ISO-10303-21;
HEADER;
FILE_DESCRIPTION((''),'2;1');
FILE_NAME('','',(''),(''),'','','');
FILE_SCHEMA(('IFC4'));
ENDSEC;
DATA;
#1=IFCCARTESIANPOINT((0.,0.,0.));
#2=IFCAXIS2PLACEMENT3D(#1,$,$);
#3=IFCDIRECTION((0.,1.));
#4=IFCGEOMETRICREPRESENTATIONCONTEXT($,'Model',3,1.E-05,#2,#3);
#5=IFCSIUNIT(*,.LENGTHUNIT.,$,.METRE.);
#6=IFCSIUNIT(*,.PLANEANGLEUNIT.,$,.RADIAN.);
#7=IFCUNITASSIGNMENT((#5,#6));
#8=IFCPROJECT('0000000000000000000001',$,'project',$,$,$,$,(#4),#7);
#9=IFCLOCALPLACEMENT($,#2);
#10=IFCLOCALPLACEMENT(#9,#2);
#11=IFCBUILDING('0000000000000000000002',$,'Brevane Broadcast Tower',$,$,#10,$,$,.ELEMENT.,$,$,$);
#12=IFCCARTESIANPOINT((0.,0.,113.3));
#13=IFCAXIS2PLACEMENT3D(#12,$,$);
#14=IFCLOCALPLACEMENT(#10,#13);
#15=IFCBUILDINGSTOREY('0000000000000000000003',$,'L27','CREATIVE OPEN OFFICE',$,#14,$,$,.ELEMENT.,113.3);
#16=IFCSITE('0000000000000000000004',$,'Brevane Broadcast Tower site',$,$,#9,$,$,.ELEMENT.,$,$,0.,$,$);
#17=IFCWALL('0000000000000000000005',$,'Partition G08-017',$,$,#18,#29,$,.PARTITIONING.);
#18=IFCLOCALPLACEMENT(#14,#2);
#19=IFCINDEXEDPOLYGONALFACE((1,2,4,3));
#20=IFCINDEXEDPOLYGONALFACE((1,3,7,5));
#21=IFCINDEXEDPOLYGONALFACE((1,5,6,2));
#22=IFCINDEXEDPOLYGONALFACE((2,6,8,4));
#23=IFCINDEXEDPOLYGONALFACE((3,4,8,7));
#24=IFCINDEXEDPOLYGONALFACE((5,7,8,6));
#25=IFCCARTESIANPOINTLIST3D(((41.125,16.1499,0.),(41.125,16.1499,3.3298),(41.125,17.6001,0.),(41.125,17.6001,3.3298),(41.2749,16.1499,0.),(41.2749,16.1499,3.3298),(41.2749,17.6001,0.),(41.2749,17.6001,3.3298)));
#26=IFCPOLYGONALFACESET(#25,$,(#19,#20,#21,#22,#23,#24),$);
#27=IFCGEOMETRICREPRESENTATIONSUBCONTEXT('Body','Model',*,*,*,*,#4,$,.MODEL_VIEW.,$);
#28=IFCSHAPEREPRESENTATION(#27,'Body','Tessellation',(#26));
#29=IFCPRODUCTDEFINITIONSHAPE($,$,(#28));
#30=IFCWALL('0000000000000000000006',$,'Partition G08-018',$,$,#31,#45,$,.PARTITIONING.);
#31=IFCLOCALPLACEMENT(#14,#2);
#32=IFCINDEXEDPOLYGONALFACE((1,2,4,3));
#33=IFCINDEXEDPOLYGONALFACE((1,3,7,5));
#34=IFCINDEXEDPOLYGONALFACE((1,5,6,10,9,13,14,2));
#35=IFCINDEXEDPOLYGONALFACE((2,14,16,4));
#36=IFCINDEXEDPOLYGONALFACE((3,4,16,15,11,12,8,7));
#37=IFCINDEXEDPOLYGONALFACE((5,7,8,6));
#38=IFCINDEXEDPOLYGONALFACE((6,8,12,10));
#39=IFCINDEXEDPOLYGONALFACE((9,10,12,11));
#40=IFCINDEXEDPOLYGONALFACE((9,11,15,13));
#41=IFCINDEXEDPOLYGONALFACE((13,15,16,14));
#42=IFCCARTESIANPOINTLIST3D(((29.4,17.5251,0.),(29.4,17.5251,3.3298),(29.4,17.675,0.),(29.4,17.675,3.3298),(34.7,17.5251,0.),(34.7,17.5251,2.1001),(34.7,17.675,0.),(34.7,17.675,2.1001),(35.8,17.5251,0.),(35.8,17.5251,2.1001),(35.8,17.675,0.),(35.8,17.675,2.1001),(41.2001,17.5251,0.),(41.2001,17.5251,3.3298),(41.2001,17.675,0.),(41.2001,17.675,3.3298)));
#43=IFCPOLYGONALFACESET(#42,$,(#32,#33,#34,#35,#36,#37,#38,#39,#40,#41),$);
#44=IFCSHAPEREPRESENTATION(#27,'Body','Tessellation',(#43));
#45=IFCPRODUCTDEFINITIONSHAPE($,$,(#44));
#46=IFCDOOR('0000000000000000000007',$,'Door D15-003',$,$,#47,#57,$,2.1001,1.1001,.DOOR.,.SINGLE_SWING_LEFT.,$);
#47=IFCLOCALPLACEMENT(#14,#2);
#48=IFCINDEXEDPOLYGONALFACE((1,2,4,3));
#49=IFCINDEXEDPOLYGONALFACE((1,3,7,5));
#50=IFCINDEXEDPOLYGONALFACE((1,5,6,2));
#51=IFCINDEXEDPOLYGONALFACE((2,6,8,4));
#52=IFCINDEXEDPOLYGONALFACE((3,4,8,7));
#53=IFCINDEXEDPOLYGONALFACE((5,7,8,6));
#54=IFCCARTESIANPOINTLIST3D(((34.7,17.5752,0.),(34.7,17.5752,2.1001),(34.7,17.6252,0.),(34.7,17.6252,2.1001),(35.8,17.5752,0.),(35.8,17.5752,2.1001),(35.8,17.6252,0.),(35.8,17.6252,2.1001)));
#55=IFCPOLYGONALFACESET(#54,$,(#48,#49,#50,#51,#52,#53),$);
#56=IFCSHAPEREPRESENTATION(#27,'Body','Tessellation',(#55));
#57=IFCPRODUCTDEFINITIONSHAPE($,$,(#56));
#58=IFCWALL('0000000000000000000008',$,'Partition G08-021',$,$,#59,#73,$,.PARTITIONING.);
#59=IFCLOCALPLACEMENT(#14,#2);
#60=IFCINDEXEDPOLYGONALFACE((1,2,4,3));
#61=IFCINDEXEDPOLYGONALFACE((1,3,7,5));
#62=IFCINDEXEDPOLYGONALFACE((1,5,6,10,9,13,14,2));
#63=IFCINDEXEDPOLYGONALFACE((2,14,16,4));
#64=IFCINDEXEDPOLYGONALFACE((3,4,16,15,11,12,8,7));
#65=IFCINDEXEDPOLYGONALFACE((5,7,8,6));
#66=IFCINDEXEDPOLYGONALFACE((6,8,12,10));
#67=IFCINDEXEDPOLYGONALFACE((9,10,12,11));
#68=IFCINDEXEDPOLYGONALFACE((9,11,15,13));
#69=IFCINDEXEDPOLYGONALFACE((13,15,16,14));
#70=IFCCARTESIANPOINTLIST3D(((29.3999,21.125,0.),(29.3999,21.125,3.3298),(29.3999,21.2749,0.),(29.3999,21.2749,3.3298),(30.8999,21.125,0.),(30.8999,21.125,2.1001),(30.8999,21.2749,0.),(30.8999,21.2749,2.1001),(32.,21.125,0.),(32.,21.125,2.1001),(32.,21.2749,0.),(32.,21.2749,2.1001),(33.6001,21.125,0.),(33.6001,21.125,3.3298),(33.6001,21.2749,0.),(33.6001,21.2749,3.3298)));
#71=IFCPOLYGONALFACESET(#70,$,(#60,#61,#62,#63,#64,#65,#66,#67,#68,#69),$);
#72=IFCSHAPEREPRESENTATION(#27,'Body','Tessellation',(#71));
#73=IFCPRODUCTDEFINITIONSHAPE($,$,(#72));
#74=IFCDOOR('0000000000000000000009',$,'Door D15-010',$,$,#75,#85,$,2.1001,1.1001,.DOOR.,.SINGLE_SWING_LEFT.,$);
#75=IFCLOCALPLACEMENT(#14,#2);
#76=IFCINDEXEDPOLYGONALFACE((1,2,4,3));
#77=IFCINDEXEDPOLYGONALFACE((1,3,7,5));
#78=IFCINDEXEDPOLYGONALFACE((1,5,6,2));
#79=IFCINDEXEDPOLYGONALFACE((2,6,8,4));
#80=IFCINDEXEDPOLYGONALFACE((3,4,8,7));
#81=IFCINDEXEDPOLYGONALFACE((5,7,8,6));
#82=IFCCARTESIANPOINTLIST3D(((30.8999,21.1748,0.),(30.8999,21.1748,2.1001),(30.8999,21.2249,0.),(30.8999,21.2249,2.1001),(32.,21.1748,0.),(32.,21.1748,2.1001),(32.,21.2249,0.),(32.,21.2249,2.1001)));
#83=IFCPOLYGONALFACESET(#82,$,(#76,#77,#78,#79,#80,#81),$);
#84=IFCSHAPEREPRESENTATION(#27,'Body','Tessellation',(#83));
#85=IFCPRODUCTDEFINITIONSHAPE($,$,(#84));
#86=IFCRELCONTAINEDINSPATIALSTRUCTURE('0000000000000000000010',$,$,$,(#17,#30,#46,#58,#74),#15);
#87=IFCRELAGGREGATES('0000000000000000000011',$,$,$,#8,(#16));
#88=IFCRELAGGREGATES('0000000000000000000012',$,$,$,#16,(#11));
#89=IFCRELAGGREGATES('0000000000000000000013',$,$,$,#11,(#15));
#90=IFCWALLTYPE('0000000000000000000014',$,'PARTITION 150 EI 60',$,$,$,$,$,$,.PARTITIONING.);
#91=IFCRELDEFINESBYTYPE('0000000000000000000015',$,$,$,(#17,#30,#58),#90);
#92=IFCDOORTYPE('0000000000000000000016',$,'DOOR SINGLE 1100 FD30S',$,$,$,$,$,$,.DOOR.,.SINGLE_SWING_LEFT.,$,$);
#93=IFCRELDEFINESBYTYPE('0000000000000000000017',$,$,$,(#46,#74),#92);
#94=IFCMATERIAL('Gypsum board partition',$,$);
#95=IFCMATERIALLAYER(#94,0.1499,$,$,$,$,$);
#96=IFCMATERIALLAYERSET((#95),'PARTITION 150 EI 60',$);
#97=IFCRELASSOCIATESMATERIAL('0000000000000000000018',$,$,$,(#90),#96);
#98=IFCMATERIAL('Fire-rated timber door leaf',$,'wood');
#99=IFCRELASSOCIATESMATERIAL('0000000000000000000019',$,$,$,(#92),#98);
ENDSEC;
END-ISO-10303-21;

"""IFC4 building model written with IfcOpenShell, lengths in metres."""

from ifc_helpers import new_model, si_unit, direction, frame, frame_2d, origin, place, context, subcontext, project, spatial, rectangle, extrude, material, layer, layer_set, type_object, element, fill, save


model = new_model("IFC4")

# Units and contexts
model_context = context("Model", 3, precision=1e-05, world=origin(), true_north=direction((0.0, 1.0)))
body_context = subcontext(model_context, "Body", "Model", "MODEL_VIEW")
ifc_project = project(units=[si_unit("LENGTHUNIT", "METRE"), si_unit("PLANEANGLEUNIT", "RADIAN")], contexts=[model_context])

# Site, building, storey
site_placement = place(None, origin())
site = spatial("IfcSite", under=ifc_project, at=site_placement, Name="Brevane Broadcast Tower site", CompositionType="ELEMENT", RefElevation=0.0)
building_placement = place(site_placement, origin())
building = spatial("IfcBuilding", under=site, at=building_placement, Name="Brevane Broadcast Tower", CompositionType="ELEMENT")
storey_placement = place(building_placement, frame((0.0, 0.0, 113.3)))
storey = spatial("IfcBuildingStorey", under=building, at=storey_placement, Name="L27", Description="CREATIVE OPEN OFFICE", CompositionType="ELEMENT", Elevation=113.3)

# Shared definitions
ifc_material_1 = material(Name="Gypsum board partition")
ifc_layer_1 = layer(ifc_material_1, 0.1499)
ifc_layer_set_1 = layer_set([ifc_layer_1], Name="PARTITION 150 EI 60")
wall_type_1 = type_object("IfcWallType", Name="PARTITION 150 EI 60", PredefinedType="PARTITIONING", material=ifc_layer_set_1)

# Shared definitions
ifc_material_2 = material(Name="Fire-rated timber door leaf", Category="wood")
door_type = type_object("IfcDoorType", Name="DOOR SINGLE 1100 FD30S", OperationType="SINGLE_SWING_LEFT", PredefinedType="DOOR", material=ifc_material_2)

# Wall
wall_1_placement = place(storey_placement, frame((41.2, 16.1499, 0.0), z_axis=(0.0, 0.0, 1.0), x_axis=(0.0, 1.0, 0.0)))
element("IfcWall", 1, at=wall_1_placement, inside=storey, type_object=wall_type_1, Name="Partition G08-017", PredefinedType="PARTITIONING", context=body_context, shape_type="SweptSolid", body=[
    extrude(rectangle(XDim=1.4502, YDim=0.1499, at=frame_2d((0.7251, 0.0))), origin(), (0.0, 0.0, 1.0), 3.3298),
])

# Walls, openings, doors
wall_2_placement = place(storey_placement, frame((41.2, 17.6001, 0.0), z_axis=(0.0, 0.0, 1.0), x_axis=(-1.0, 0.0, 0.0)))
wall_2 = element("IfcWall", 2, at=wall_2_placement, inside=storey, type_object=wall_type_1, Name="Partition G08-018", PredefinedType="PARTITIONING", context=body_context, shape_type="SweptSolid", body=[
    extrude(rectangle(XDim=11.8, YDim=0.1499, at=frame_2d((5.8999, 0.0))), origin(), (0.0, 0.0, 1.0), 3.3298),
])
opening_1_placement = place(wall_2_placement, frame((5.3999, 0.0, 0.0)))
opening_1 = element("IfcOpeningElement", 3, at=opening_1_placement, cuts=wall_2, PredefinedType="OPENING", context=body_context, shape_type="SweptSolid", body=[
    extrude(rectangle(XDim=1.1001, YDim=2.1001, at=frame_2d((0.55, 1.05))), frame((0.0, 0.085, 0.0), z_axis=(0.0, -1.0, 0.0), x_axis=(1.0, 0.0, 0.0)), (0.0, 0.0, 1.0), 0.1699),
])
door_1_placement = place(opening_1_placement, origin())
door_1 = element("IfcDoor", 4, at=door_1_placement, inside=storey, type_object=door_type, Name="Door D15-003", OperationType="SINGLE_SWING_LEFT", OverallHeight=2.1001, OverallWidth=1.1001, PredefinedType="DOOR", context=body_context, shape_type="SweptSolid", body=[
    extrude(rectangle(XDim=1.1001, YDim=2.1001, at=frame_2d((0.55, 1.05))), frame((0.0, 0.0249, 0.0), z_axis=(0.0, -1.0, 0.0), x_axis=(1.0, 0.0, 0.0)), (0.0, 0.0, 1.0), 0.05),
])
fill(opening_1, door_1)
wall_3_placement = place(storey_placement, frame((29.3999, 21.2, 0.0), z_axis=(0.0, 0.0, 1.0), x_axis=(1.0, 0.0, 0.0)))
wall_3 = element("IfcWall", 5, at=wall_3_placement, inside=storey, type_object=wall_type_1, Name="Partition G08-021", PredefinedType="PARTITIONING", context=body_context, shape_type="SweptSolid", body=[
    extrude(rectangle(XDim=4.2002, YDim=0.1499, at=frame_2d((2.1001, 0.0))), origin(), (0.0, 0.0, 1.0), 3.3298),
])
opening_2_placement = place(wall_3_placement, frame((1.5, 0.0, 0.0)))
opening_2 = element("IfcOpeningElement", 6, at=opening_2_placement, cuts=wall_3, PredefinedType="OPENING", context=body_context, shape_type="SweptSolid", body=[
    extrude(rectangle(XDim=1.1001, YDim=2.1001, at=frame_2d((0.55, 1.05))), frame((0.0, 0.085, 0.0), z_axis=(0.0, -1.0, 0.0), x_axis=(1.0, 0.0, 0.0)), (0.0, 0.0, 1.0), 0.1699),
])
door_2_placement = place(opening_2_placement, origin())
door_2 = element("IfcDoor", 7, at=door_2_placement, inside=storey, type_object=door_type, Name="Door D15-010", OperationType="SINGLE_SWING_LEFT", OverallHeight=2.1001, OverallWidth=1.1001, PredefinedType="DOOR", context=body_context, shape_type="SweptSolid", body=[
    extrude(rectangle(XDim=1.1001, YDim=2.1001, at=frame_2d((0.55, 1.05))), frame((0.0, 0.0249, 0.0), z_axis=(0.0, -1.0, 0.0), x_axis=(1.0, 0.0, 0.0)), (0.0, 0.0, 1.0), 0.05),
])
fill(opening_2, door_2)

save(model, "model.ifc")
